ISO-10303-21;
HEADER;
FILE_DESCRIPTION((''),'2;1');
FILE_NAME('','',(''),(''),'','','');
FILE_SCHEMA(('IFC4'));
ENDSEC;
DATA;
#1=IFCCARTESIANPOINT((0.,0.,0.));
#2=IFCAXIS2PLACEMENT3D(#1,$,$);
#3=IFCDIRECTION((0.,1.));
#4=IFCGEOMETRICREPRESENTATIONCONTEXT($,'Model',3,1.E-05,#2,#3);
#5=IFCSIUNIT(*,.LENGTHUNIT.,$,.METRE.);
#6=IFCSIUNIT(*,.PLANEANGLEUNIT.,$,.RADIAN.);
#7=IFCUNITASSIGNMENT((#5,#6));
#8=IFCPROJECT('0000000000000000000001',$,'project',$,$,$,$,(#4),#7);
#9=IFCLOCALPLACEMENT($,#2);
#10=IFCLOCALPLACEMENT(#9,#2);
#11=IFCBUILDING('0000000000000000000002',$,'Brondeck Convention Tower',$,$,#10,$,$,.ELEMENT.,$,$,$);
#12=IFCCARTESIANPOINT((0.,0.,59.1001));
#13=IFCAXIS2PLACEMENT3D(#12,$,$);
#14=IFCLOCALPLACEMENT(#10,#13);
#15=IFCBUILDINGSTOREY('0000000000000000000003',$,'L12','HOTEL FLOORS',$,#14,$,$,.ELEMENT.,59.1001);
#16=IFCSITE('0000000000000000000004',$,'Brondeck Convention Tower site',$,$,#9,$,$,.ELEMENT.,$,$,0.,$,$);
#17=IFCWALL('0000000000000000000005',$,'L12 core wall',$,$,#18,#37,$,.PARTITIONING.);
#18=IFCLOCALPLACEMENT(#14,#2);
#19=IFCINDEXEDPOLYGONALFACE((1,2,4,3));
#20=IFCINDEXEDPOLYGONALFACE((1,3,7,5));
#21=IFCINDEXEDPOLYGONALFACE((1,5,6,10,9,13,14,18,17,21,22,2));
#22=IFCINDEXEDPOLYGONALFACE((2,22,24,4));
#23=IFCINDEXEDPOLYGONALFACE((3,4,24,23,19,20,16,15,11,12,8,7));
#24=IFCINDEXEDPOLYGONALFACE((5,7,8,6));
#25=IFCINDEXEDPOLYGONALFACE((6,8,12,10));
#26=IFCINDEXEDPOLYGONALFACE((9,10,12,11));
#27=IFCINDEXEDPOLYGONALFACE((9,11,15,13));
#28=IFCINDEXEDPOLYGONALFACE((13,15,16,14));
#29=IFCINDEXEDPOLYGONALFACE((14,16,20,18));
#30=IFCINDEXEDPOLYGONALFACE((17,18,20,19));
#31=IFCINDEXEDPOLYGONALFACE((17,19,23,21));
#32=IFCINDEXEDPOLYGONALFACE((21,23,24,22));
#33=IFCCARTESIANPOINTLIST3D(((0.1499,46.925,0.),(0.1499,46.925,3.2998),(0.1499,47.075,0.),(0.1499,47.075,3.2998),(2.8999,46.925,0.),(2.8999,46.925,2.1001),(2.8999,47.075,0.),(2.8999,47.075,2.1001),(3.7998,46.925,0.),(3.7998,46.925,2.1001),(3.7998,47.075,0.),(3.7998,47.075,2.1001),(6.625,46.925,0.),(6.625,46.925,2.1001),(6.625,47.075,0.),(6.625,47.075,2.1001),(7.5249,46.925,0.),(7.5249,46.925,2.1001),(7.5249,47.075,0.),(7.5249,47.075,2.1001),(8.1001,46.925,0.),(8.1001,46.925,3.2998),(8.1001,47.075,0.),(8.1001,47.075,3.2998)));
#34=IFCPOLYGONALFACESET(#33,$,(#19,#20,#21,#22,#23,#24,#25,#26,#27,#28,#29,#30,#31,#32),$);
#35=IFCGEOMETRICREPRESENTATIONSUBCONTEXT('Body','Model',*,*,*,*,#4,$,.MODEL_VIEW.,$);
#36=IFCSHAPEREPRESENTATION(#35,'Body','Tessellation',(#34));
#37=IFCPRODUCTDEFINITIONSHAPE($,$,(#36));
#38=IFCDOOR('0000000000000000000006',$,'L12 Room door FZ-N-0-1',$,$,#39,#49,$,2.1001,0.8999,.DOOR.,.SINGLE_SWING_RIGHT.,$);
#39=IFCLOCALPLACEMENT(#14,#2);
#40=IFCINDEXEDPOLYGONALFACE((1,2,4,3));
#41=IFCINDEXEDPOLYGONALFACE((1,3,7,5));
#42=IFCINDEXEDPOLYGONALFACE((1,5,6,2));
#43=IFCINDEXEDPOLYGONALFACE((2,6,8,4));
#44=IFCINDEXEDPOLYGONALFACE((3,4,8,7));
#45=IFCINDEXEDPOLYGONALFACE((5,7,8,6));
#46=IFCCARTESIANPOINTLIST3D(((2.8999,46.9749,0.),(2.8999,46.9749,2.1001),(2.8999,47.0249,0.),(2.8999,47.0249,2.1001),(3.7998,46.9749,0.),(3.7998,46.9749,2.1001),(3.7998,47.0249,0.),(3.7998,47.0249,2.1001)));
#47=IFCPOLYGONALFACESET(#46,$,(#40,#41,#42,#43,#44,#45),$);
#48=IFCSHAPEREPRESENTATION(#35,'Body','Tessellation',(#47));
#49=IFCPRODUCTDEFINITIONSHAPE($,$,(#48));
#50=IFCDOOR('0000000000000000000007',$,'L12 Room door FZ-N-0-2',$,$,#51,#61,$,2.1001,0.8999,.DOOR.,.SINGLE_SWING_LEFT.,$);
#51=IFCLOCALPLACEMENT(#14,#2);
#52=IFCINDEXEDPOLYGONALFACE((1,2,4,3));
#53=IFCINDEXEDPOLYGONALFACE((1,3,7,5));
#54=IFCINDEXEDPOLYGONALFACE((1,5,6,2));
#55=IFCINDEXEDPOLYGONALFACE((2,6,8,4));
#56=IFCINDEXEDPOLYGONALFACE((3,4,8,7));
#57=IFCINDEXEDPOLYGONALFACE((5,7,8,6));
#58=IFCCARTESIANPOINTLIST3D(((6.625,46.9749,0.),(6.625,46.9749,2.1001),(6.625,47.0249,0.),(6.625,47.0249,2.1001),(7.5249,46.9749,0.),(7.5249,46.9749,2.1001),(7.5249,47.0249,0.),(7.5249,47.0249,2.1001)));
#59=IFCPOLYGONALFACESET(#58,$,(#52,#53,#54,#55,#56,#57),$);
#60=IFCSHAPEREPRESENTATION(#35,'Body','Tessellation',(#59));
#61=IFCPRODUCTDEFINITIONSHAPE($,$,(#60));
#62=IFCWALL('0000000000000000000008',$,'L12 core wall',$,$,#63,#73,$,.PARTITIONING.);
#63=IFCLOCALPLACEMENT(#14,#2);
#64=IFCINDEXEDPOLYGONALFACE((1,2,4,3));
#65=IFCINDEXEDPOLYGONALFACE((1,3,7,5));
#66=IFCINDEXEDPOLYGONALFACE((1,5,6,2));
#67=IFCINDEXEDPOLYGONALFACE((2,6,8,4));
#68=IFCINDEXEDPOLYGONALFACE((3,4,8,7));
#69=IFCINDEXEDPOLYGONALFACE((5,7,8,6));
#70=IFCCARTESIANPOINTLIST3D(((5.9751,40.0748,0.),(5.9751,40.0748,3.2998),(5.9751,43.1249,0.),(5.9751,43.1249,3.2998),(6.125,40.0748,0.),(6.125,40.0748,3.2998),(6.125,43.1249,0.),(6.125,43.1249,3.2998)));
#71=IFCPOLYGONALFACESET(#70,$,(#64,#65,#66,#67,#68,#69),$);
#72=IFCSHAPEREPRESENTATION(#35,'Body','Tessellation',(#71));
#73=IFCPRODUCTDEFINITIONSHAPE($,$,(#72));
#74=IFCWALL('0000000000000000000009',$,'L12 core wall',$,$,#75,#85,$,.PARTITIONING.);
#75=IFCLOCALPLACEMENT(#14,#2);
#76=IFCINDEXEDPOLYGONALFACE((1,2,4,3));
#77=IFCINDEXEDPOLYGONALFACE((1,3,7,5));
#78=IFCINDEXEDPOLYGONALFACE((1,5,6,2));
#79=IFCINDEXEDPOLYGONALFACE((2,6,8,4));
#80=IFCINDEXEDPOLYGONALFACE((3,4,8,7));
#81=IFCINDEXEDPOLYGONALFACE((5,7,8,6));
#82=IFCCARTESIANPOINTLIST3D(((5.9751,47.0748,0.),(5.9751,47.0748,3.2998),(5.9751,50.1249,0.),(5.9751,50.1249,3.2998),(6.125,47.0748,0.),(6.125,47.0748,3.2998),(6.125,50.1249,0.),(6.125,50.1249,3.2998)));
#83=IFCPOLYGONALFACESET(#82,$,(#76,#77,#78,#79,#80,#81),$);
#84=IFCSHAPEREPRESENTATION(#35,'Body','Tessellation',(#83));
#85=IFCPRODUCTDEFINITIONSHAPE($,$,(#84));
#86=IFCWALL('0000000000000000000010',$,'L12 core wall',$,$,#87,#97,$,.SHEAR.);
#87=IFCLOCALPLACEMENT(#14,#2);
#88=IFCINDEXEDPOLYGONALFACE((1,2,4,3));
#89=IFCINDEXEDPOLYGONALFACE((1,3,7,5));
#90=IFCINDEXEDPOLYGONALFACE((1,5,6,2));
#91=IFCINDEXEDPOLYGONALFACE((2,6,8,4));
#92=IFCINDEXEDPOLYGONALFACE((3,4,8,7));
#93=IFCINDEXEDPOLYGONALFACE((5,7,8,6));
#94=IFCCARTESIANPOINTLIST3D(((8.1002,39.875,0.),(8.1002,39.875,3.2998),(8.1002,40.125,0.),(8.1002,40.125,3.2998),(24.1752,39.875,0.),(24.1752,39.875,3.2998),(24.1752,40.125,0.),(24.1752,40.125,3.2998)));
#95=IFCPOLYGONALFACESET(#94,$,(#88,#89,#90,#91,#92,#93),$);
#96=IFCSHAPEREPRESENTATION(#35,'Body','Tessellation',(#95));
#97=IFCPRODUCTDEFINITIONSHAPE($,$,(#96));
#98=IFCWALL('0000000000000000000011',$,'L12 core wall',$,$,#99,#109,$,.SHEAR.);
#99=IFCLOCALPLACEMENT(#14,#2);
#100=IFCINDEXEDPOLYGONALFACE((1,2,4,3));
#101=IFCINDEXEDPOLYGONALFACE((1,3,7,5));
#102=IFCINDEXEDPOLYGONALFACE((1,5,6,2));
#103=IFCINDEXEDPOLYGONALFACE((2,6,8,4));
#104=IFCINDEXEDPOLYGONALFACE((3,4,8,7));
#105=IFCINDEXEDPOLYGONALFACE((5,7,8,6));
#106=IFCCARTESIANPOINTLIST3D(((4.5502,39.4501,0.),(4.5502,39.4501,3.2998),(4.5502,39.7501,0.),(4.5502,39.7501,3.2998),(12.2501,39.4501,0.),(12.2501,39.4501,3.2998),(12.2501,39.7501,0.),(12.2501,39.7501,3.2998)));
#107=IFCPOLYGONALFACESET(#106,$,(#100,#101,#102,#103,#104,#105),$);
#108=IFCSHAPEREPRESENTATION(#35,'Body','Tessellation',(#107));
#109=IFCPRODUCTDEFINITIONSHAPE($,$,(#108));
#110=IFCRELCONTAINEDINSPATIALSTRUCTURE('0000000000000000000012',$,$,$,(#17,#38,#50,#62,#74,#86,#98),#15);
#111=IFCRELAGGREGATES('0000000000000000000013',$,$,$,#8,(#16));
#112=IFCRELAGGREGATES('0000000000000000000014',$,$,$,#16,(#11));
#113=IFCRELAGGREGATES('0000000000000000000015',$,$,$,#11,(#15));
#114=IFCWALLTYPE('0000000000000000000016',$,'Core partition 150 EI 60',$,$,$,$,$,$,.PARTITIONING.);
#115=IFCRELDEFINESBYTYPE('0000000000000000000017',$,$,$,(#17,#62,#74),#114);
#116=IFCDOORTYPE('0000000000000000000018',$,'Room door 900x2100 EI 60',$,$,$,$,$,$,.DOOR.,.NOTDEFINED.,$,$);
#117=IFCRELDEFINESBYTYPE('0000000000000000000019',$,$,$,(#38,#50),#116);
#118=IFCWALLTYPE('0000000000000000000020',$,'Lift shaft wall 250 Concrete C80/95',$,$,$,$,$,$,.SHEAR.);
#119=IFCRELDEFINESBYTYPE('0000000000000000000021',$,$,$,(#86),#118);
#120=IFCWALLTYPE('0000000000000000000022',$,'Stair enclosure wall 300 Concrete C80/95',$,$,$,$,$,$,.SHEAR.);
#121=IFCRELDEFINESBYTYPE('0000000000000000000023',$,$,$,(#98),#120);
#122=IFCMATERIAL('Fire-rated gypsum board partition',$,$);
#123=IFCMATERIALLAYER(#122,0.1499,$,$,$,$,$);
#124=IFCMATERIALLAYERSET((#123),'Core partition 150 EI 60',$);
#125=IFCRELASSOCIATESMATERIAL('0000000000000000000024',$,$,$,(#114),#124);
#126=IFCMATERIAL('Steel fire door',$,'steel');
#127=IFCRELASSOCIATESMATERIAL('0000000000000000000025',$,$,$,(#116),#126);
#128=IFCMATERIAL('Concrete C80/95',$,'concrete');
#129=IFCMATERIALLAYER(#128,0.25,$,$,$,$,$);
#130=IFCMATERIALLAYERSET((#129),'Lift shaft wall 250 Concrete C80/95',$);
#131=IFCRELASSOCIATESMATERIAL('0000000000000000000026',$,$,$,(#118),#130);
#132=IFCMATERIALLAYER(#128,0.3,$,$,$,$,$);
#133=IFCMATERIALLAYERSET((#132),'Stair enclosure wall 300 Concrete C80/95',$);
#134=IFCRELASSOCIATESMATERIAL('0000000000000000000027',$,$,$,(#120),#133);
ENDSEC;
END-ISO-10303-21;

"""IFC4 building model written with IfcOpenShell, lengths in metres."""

from ifc_helpers import new_model, si_unit, direction, frame, frame_2d, origin, place, context, subcontext, project, spatial, rectangle, extrude, material, layer, layer_set, type_object, element, fill, save


model = new_model("IFC4")

# Units and contexts
model_context = context("Model", 3, precision=1e-05, world=origin(), true_north=direction((0.0, 1.0)))
body_context = subcontext(model_context, "Body", "Model", "MODEL_VIEW")
ifc_project = project(units=[si_unit("LENGTHUNIT", "METRE"), si_unit("PLANEANGLEUNIT", "RADIAN")], contexts=[model_context])

# Site, building, storey
site_placement = place(None, origin())
site = spatial("IfcSite", under=ifc_project, at=site_placement, Name="Brondeck Convention Tower site", CompositionType="ELEMENT", RefElevation=0.0)
building_placement = place(site_placement, origin())
building = spatial("IfcBuilding", under=site, at=building_placement, Name="Brondeck Convention Tower", CompositionType="ELEMENT")
storey_placement = place(building_placement, frame((0.0, 0.0, 59.1001)))
storey = spatial("IfcBuildingStorey", under=building, at=storey_placement, Name="L12", Description="HOTEL FLOORS", CompositionType="ELEMENT", Elevation=59.1001)

# Shared definitions
ifc_material_1 = material(Name="Concrete C80/95", Category="concrete")

# Shared definitions
ifc_material_2 = material(Name="Fire-rated gypsum board partition")
ifc_layer_1 = layer(ifc_material_2, 0.1499)
ifc_layer_set_1 = layer_set([ifc_layer_1], Name="Core partition 150 EI 60")
wall_type_1 = type_object("IfcWallType", Name="Core partition 150 EI 60", PredefinedType="PARTITIONING", material=ifc_layer_set_1)

# Wall, openings, doors
ifc_material_3 = material(Name="Steel fire door", Category="steel")
door_type = type_object("IfcDoorType", Name="Room door 900x2100 EI 60", OperationType="NOTDEFINED", PredefinedType="DOOR", material=ifc_material_3)
wall_1_placement = place(storey_placement, frame((0.1499, 47.0, 0.0), z_axis=(0.0, 0.0, 1.0), x_axis=(1.0, 0.0, 0.0)))
wall_1 = element("IfcWall", 1, at=wall_1_placement, inside=storey, type_object=wall_type_1, Name="L12 core wall", PredefinedType="PARTITIONING", context=body_context, shape_type="SweptSolid", body=[
    extrude(rectangle(XDim=7.9502, YDim=0.1499, at=frame_2d((3.9751, 0.0))), origin(), (0.0, 0.0, 1.0), 3.2998),
])
opening_1_placement = place(wall_1_placement, frame((2.75, 0.0, 0.0)))
opening_1 = element("IfcOpeningElement", 2, at=opening_1_placement, cuts=wall_1, PredefinedType="OPENING", context=body_context, shape_type="SweptSolid", body=[
    extrude(rectangle(XDim=0.8999, YDim=2.1001, at=frame_2d((0.45, 1.05))), frame((0.0, 0.085, 0.0), z_axis=(0.0, -1.0, 0.0), x_axis=(1.0, 0.0, 0.0)), (0.0, 0.0, 1.0), 0.1699),
])
opening_2_placement = place(wall_1_placement, frame((6.4751, 0.0, 0.0)))
opening_2 = element("IfcOpeningElement", 3, at=opening_2_placement, cuts=wall_1, PredefinedType="OPENING", context=body_context, shape_type="SweptSolid", body=[
    extrude(rectangle(XDim=0.8999, YDim=2.1001, at=frame_2d((0.45, 1.05))), frame((0.0, 0.085, 0.0), z_axis=(0.0, -1.0, 0.0), x_axis=(1.0, 0.0, 0.0)), (0.0, 0.0, 1.0), 0.1699),
])
door_1_placement = place(opening_1_placement, origin())
door_1 = element("IfcDoor", 4, at=door_1_placement, inside=storey, type_object=door_type, Name="L12 Room door FZ-N-0-1", OperationType="SINGLE_SWING_RIGHT", OverallHeight=2.1001, OverallWidth=0.8999, PredefinedType="DOOR", context=body_context, shape_type="SweptSolid", body=[
    extrude(rectangle(XDim=0.8999, YDim=2.1001, at=frame_2d((0.45, 1.05))), frame((0.0, 0.0249, 0.0), z_axis=(0.0, -1.0, 0.0), x_axis=(1.0, 0.0, 0.0)), (0.0, 0.0, 1.0), 0.05),
])
fill(opening_1, door_1)
door_2_placement = place(opening_2_placement, origin())
door_2 = element("IfcDoor", 5, at=door_2_placement, inside=storey, type_object=door_type, Name="L12 Room door FZ-N-0-2", OperationType="SINGLE_SWING_LEFT", OverallHeight=2.1001, OverallWidth=0.8999, PredefinedType="DOOR", context=body_context, shape_type="SweptSolid", body=[
    extrude(rectangle(XDim=0.8999, YDim=2.1001, at=frame_2d((0.45, 1.05))), frame((0.0, 0.0249, 0.0), z_axis=(0.0, -1.0, 0.0), x_axis=(1.0, 0.0, 0.0)), (0.0, 0.0, 1.0), 0.05),
])
fill(opening_2, door_2)

# Walls
for number, where, z_axis, x_axis, name in (
    (6, (6.05, 40.075, 0.0), (0.0, 0.0, 1.0), (0.0, 1.0, 0.0), "L12 core wall"),
    (7, (6.05, 47.075, 0.0), (0.0, 0.0, 1.0), (0.0, 1.0, 0.0), "L12 core wall"),
):
    element("IfcWall", number, at=place(storey_placement, frame(where, z_axis=z_axis, x_axis=x_axis)), inside=storey, type_object=wall_type_1, Name=name, PredefinedType="PARTITIONING", context=body_context, shape_type="SweptSolid", body=[
        extrude(rectangle(XDim=3.05, YDim=0.1499, at=frame_2d((1.5249, 0.0))), origin(), (0.0, 0.0, 1.0), 3.2998),
    ])
ifc_layer_2 = layer(ifc_material_1, 0.25)
ifc_layer_set_2 = layer_set([ifc_layer_2], Name="Lift shaft wall 250 Concrete C80/95")
wall_type_2 = type_object("IfcWallType", Name="Lift shaft wall 250 Concrete C80/95", PredefinedType="SHEAR", material=ifc_layer_set_2)
wall_2_placement = place(storey_placement, frame((8.1001, 40.0, 0.0), z_axis=(0.0, 0.0, 1.0), x_axis=(1.0, 0.0, 0.0)))
element("IfcWall", 8, at=wall_2_placement, inside=storey, type_object=wall_type_2, Name="L12 core wall", PredefinedType="SHEAR", context=body_context, shape_type="SweptSolid", body=[
    extrude(rectangle(XDim=16.075, YDim=0.25, at=frame_2d((8.0376, 0.0))), origin(), (0.0, 0.0, 1.0), 3.2998),
])
ifc_layer_3 = layer(ifc_material_1, 0.3)
ifc_layer_set_3 = layer_set([ifc_layer_3], Name="Stair enclosure wall 300 Concrete C80/95")
wall_type_3 = type_object("IfcWallType", Name="Stair enclosure wall 300 Concrete C80/95", PredefinedType="SHEAR", material=ifc_layer_set_3)
wall_3_placement = place(storey_placement, frame((4.55, 39.6001, 0.0), z_axis=(0.0, 0.0, 1.0), x_axis=(1.0, 0.0, 0.0)))
element("IfcWall", 9, at=wall_3_placement, inside=storey, type_object=wall_type_3, Name="L12 core wall", PredefinedType="SHEAR", context=body_context, shape_type="SweptSolid", body=[
    extrude(rectangle(XDim=7.7, YDim=0.3, at=frame_2d((3.8501, 0.0))), origin(), (0.0, 0.0, 1.0), 3.2998),
])

save(model, "model.ifc")
